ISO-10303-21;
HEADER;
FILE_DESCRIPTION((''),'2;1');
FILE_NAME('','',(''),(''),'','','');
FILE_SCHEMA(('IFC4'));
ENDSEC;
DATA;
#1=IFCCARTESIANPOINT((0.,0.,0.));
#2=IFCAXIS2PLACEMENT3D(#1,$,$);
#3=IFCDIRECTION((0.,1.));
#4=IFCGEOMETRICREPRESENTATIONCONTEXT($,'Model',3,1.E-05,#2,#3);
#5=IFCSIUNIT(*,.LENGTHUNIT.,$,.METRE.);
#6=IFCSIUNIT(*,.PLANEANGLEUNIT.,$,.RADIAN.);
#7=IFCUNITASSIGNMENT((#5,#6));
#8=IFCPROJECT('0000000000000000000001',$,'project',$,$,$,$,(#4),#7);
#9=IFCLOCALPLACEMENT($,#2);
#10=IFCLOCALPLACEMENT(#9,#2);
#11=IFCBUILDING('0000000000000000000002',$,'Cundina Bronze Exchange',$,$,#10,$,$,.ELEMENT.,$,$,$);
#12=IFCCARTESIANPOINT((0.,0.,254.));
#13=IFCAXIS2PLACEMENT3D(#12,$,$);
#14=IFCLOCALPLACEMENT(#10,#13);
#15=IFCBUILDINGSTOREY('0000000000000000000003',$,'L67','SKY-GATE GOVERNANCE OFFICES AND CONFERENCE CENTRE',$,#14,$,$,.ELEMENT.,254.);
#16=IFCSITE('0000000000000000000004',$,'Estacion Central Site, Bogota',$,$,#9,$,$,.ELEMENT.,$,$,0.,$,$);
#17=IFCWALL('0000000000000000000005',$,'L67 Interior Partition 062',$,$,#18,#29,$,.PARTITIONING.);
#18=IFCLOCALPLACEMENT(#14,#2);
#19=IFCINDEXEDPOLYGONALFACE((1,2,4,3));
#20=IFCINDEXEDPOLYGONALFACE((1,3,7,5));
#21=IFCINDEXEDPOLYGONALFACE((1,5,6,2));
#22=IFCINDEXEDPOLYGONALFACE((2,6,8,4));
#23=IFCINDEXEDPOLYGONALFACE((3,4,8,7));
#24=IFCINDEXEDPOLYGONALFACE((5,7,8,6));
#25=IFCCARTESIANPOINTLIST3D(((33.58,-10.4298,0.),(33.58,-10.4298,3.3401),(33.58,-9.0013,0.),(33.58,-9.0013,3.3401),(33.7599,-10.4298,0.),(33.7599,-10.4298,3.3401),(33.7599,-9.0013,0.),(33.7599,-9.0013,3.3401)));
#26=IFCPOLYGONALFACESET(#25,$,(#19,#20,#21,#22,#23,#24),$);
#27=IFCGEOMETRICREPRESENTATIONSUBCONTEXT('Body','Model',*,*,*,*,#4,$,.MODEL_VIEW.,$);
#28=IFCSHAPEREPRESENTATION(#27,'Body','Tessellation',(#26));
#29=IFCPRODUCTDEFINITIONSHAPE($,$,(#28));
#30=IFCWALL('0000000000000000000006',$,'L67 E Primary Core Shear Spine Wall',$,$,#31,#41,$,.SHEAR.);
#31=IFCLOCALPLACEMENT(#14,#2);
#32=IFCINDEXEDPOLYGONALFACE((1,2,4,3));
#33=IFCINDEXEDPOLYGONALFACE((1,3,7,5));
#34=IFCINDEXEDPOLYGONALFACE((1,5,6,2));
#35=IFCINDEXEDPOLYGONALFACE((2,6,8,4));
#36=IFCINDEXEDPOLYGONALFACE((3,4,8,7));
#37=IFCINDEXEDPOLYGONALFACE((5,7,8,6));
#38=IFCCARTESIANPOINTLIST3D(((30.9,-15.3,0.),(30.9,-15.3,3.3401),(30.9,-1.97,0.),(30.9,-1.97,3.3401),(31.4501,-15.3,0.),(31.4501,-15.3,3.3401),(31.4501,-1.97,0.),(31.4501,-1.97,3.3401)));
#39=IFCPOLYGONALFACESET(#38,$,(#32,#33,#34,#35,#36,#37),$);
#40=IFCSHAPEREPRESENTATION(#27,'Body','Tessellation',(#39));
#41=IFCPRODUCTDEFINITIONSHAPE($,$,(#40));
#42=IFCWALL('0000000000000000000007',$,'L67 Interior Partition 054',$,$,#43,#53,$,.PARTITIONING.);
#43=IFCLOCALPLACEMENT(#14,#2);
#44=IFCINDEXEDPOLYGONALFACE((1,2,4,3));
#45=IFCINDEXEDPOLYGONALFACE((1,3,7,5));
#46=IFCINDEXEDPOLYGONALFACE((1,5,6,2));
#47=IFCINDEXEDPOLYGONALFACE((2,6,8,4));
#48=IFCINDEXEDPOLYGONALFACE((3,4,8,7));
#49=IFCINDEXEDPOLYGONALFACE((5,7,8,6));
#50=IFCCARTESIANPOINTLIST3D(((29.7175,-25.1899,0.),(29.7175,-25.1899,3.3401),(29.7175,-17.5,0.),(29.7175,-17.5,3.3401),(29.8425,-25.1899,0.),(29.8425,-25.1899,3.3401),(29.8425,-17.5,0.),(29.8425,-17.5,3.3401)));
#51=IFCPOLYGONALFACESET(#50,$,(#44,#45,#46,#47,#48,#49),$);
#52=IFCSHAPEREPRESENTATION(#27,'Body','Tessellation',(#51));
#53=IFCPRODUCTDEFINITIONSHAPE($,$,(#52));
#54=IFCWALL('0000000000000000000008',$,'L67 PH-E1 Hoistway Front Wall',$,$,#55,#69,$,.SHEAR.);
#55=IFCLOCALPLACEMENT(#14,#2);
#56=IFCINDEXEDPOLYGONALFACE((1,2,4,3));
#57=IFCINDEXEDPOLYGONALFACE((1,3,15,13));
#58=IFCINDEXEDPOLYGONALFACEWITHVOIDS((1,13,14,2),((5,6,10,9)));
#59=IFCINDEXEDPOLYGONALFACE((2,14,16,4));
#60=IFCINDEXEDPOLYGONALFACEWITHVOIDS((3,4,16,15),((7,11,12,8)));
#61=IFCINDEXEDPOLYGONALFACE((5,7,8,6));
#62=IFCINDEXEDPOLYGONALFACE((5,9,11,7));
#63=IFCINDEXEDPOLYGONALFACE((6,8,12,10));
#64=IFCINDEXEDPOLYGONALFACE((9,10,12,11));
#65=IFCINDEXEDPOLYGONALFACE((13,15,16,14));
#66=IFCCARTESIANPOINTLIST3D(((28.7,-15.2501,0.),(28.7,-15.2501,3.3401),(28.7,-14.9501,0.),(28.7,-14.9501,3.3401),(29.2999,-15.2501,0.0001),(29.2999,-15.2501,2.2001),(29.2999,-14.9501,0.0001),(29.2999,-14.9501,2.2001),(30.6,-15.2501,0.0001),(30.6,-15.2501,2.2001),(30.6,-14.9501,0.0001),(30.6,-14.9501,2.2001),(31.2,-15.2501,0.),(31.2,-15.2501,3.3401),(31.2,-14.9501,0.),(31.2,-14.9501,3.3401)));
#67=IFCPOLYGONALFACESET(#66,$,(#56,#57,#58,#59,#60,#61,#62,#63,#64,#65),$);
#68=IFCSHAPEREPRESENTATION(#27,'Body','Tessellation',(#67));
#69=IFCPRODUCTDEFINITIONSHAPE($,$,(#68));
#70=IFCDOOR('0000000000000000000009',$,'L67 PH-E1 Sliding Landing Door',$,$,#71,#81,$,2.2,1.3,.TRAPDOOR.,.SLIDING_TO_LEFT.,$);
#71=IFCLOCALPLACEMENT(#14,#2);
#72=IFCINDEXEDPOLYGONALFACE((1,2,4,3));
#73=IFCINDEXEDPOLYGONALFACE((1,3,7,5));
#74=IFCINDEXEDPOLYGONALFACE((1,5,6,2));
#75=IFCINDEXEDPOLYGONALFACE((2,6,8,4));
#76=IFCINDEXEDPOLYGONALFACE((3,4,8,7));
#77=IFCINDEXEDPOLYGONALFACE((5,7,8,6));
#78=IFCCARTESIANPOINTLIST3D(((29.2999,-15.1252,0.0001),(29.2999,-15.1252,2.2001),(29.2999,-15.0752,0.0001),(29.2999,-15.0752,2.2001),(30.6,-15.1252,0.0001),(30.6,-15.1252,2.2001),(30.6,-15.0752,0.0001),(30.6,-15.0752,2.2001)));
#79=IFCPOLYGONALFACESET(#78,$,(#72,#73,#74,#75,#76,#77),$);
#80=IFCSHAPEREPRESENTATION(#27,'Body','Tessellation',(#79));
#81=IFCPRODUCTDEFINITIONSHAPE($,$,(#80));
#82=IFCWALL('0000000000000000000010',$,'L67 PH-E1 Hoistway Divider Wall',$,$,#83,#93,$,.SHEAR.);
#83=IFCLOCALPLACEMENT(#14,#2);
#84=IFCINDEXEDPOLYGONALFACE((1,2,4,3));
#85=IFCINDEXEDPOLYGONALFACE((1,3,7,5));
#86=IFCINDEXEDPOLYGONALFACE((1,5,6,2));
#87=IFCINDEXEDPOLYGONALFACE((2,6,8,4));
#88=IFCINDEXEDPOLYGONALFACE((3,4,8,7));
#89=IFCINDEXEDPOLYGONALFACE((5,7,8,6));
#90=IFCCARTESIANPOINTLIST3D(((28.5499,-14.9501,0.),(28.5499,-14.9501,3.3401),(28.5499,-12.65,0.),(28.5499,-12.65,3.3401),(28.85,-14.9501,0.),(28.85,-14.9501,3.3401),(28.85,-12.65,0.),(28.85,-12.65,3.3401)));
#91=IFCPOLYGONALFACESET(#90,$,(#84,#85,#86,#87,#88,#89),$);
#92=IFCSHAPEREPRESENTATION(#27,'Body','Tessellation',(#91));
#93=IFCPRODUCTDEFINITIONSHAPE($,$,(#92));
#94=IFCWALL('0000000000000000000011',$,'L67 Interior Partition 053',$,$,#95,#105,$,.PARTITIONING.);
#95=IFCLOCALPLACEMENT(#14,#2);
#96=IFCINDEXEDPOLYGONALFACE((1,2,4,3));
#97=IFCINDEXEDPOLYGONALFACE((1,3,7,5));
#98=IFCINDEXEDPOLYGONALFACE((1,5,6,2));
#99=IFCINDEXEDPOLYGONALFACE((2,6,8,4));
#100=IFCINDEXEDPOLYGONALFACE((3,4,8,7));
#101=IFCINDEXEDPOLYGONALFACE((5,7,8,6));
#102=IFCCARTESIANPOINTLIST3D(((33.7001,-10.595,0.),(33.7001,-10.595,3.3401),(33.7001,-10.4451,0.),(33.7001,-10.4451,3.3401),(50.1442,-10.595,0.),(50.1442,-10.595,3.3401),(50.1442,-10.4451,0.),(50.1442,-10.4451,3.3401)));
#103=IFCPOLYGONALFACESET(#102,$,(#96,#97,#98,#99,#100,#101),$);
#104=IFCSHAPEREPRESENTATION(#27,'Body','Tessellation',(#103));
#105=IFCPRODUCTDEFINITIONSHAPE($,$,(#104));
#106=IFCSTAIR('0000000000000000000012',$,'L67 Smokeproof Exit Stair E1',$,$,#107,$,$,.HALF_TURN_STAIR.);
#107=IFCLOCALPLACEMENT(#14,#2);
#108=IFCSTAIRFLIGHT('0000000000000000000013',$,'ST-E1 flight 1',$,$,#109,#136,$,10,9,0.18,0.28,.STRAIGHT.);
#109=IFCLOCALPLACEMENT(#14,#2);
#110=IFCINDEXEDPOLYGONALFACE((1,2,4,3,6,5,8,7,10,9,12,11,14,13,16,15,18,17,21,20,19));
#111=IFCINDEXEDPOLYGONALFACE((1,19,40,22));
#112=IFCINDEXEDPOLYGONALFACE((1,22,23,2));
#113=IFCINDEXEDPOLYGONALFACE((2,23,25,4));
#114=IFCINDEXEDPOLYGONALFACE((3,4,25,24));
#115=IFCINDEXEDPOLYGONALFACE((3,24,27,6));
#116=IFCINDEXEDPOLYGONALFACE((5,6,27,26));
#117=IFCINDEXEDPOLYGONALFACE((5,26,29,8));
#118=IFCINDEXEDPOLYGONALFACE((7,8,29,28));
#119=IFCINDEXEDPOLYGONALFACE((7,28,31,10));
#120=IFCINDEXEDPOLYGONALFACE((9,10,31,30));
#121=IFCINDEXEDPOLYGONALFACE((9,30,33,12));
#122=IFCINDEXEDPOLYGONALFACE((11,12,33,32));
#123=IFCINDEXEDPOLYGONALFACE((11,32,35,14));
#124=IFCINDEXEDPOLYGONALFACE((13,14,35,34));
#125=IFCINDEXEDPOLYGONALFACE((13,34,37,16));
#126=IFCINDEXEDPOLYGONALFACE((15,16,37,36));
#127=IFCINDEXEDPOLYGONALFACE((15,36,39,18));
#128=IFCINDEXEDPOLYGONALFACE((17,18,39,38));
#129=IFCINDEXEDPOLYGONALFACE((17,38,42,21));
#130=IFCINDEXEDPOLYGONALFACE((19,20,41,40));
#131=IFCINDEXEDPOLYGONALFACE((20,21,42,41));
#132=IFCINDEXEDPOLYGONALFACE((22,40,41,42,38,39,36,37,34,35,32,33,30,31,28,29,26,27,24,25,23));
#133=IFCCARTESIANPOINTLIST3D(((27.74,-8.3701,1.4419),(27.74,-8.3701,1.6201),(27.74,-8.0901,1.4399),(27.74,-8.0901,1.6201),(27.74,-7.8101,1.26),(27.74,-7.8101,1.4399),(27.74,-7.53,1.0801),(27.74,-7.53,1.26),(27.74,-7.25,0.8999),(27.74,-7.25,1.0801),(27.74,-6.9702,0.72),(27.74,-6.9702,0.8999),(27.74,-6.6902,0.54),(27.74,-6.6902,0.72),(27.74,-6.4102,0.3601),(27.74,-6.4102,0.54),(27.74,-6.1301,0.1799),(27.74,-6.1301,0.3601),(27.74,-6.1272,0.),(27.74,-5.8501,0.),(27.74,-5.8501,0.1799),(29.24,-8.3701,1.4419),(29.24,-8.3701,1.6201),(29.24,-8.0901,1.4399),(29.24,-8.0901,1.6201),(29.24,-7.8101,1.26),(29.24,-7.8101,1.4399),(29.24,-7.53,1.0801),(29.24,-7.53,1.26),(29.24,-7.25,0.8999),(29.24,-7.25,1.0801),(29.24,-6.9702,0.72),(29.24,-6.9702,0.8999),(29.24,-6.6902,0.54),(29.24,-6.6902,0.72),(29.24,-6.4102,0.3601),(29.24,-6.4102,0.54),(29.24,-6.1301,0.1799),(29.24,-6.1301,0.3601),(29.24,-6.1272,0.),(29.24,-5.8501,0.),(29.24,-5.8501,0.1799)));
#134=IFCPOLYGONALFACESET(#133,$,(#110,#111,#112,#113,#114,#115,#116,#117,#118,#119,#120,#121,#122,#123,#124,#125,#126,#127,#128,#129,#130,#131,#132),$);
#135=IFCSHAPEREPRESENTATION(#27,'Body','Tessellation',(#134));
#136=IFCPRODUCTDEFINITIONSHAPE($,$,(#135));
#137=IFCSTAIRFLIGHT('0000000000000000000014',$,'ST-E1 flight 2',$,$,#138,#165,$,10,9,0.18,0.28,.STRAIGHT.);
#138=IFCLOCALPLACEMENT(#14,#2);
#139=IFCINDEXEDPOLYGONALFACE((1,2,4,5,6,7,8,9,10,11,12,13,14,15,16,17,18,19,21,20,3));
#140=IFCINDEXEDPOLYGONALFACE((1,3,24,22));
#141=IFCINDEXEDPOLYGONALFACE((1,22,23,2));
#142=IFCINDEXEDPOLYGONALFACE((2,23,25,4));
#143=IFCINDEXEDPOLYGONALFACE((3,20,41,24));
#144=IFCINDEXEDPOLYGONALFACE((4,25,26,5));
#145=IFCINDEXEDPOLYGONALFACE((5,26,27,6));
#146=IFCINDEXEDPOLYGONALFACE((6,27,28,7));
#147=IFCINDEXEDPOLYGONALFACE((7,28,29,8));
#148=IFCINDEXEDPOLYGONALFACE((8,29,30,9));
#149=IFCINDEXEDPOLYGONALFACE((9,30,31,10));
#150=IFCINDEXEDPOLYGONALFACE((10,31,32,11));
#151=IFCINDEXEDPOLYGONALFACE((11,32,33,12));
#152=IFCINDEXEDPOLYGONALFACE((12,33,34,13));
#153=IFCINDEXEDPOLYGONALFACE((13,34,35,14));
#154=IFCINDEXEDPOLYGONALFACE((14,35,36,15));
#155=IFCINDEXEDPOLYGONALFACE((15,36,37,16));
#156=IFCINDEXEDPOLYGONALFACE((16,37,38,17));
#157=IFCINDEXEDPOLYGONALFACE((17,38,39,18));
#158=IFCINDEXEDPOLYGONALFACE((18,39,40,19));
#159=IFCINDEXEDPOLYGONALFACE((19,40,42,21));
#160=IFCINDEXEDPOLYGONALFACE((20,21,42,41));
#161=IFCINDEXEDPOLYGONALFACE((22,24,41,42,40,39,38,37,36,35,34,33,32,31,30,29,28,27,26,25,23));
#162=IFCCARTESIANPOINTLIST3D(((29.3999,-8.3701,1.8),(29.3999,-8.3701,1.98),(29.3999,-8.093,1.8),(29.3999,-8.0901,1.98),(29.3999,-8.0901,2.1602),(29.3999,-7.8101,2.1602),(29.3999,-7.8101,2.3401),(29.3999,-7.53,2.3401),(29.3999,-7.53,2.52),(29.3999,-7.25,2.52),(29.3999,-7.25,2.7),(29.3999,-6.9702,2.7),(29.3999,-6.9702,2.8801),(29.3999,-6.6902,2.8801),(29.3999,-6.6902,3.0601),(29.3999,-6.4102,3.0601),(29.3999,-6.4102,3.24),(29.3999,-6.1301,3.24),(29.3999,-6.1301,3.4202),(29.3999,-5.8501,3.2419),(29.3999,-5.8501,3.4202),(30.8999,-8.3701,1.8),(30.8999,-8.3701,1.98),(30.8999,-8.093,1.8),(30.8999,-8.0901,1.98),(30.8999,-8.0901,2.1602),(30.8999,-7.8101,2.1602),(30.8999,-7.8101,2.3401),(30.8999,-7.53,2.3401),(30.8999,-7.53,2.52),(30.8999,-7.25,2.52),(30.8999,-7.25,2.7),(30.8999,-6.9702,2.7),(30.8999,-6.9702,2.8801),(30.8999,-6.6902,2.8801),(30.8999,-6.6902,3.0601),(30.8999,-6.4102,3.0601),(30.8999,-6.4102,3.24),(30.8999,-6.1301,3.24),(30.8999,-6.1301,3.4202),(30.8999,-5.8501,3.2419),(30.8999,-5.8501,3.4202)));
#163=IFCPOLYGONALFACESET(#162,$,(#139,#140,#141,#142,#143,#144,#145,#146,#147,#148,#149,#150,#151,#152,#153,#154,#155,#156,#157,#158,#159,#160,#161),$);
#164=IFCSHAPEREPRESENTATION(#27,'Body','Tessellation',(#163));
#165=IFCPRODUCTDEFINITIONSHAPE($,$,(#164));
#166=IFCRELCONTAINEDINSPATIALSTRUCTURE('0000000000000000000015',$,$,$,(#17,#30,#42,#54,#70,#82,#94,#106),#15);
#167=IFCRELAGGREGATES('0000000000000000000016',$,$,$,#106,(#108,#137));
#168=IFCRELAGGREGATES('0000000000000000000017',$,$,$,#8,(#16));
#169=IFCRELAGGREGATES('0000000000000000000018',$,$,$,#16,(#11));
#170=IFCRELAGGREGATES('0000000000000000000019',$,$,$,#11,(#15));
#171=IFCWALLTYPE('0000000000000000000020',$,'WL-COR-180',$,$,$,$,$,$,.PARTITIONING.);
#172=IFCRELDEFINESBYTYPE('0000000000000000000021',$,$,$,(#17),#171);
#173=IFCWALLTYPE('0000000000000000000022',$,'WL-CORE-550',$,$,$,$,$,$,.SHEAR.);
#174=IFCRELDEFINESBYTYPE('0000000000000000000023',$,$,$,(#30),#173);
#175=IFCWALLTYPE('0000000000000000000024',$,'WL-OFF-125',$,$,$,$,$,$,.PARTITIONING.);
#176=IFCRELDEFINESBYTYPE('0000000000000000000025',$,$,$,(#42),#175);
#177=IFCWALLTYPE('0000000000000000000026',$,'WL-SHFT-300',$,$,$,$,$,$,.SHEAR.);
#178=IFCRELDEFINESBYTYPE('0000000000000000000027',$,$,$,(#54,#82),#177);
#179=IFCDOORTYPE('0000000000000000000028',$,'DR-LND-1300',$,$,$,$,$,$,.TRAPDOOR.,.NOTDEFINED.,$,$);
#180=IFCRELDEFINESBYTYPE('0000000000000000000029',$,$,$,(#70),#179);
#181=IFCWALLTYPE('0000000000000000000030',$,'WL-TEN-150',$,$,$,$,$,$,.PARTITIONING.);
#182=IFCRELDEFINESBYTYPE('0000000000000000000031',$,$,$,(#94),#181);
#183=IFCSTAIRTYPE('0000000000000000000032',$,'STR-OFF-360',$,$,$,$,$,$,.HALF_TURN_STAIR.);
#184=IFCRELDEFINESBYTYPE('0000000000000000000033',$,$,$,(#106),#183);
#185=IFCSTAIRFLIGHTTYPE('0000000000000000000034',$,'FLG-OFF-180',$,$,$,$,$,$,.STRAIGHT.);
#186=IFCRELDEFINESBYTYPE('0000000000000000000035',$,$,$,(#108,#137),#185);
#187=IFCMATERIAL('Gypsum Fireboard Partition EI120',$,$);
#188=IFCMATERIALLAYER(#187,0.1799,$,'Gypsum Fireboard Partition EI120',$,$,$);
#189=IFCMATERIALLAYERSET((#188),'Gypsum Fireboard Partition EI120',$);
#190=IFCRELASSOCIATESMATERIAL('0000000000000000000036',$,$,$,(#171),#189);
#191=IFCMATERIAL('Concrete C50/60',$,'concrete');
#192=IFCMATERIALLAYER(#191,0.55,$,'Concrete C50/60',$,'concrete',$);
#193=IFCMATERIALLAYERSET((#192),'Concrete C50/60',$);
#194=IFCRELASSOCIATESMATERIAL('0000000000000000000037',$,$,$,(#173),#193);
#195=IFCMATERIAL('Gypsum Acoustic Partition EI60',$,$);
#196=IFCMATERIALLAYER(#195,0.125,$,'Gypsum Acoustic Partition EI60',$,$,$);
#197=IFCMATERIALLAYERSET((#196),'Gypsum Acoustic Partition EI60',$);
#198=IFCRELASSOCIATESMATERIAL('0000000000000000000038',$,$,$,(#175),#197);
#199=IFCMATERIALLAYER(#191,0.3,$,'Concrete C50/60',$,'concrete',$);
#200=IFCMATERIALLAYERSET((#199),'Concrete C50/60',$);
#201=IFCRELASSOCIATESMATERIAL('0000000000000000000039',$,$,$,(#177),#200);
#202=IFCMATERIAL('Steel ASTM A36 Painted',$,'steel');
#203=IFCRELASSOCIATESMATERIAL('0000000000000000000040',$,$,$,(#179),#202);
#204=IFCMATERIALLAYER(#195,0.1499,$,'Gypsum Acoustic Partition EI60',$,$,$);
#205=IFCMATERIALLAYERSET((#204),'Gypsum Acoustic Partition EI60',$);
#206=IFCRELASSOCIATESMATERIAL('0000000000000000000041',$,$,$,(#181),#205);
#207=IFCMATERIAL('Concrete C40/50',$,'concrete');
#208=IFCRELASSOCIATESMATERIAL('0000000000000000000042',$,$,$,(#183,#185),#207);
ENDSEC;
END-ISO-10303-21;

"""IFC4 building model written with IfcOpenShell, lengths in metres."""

from ifc_helpers import new_model, si_unit, direction, frame, frame_2d, origin, place, context, subcontext, project, spatial, polyline, rectangle, outline, extrude, material, layer, layer_set, type_object, element, fill, aggregate, save


model = new_model("IFC4")

# Units and contexts
model_context = context("Model", 3, precision=1e-05, world=origin(), true_north=direction((0.0, 1.0)))
body_context = subcontext(model_context, "Body", "Model", "MODEL_VIEW")
ifc_project = project(units=[si_unit("LENGTHUNIT", "METRE"), si_unit("PLANEANGLEUNIT", "RADIAN")], contexts=[model_context])

# Site, building, storey
site_placement = place(None, origin())
site = spatial("IfcSite", under=ifc_project, at=site_placement, Name="Estacion Central Site, Bogota", CompositionType="ELEMENT", RefElevation=0.0)
building_placement = place(site_placement, origin())
building = spatial("IfcBuilding", under=site, at=building_placement, Name="Cundina Bronze Exchange", CompositionType="ELEMENT")
storey_placement = place(building_placement, frame((0.0, 0.0, 254.0)))
storey = spatial("IfcBuildingStorey", under=building, at=storey_placement, Name="L67", Description="SKY-GATE GOVERNANCE OFFICES AND CONFERENCE CENTRE", CompositionType="ELEMENT", Elevation=254.0)

# Shared definitions
ifc_material_1 = material(Name="Concrete C50/60", Category="concrete")

# Shared definitions
ifc_material_2 = material(Name="Gypsum Fireboard Partition EI120")
ifc_layer_1 = layer(ifc_material_2, 0.1799, Name="Gypsum Fireboard Partition EI120")
ifc_layer_set_1 = layer_set([ifc_layer_1], Name="Gypsum Fireboard Partition EI120")
wall_type_1 = type_object("IfcWallType", Name="WL-COR-180", PredefinedType="PARTITIONING", material=ifc_layer_set_1)

# Walls
wall_1_placement = place(storey_placement, frame((33.6699, -10.4299, 0.0), z_axis=(0.0, 0.0, 1.0), x_axis=(0.0, 1.0, 0.0)))
element("IfcWall", 1, at=wall_1_placement, inside=storey, type_object=wall_type_1, Name="L67 Interior Partition 062", PredefinedType="PARTITIONING", context=body_context, shape_type="SweptSolid", body=[
    extrude(rectangle(XDim=1.4285, YDim=0.1799, at=frame_2d((0.7144, 0.0))), origin(), (0.0, 0.0, 1.0), 3.3401),
])
ifc_layer_2 = layer(ifc_material_1, 0.55, Name="Concrete C50/60", Category="concrete")
ifc_layer_set_2 = layer_set([ifc_layer_2], Name="Concrete C50/60")
wall_type_2 = type_object("IfcWallType", Name="WL-CORE-550", PredefinedType="SHEAR", material=ifc_layer_set_2)
wall_2_placement = place(storey_placement, frame((31.175, -15.3, 0.0), z_axis=(0.0, 0.0, 1.0), x_axis=(0.0, 1.0, 0.0)))
element("IfcWall", 2, at=wall_2_placement, inside=storey, type_object=wall_type_2, Name="L67 E Primary Core Shear Spine Wall", PredefinedType="SHEAR", context=body_context, shape_type="SweptSolid", body=[
    extrude(rectangle(XDim=13.3301, YDim=0.55, at=frame_2d((6.665, 0.0))), origin(), (0.0, 0.0, 1.0), 3.3401),
])
ifc_material_3 = material(Name="Gypsum Acoustic Partition EI60")
ifc_layer_3 = layer(ifc_material_3, 0.125, Name="Gypsum Acoustic Partition EI60")
ifc_layer_set_3 = layer_set([ifc_layer_3], Name="Gypsum Acoustic Partition EI60")
wall_type_3 = type_object("IfcWallType", Name="WL-OFF-125", PredefinedType="PARTITIONING", material=ifc_layer_set_3)
wall_3_placement = place(storey_placement, frame((29.78, -25.1899, 0.0), z_axis=(0.0, 0.0, 1.0), x_axis=(0.0, 1.0, 0.0)))
element("IfcWall", 3, at=wall_3_placement, inside=storey, type_object=wall_type_3, Name="L67 Interior Partition 054", PredefinedType="PARTITIONING", context=body_context, shape_type="SweptSolid", body=[
    extrude(rectangle(XDim=7.6899, YDim=0.125, at=frame_2d((3.845, 0.0))), origin(), (0.0, 0.0, 1.0), 3.3401),
])

# Wall, opening, door
ifc_layer_4 = layer(ifc_material_1, 0.3, Name="Concrete C50/60", Category="concrete")
ifc_layer_set_4 = layer_set([ifc_layer_4], Name="Concrete C50/60")
wall_type_4 = type_object("IfcWallType", Name="WL-SHFT-300", PredefinedType="SHEAR", material=ifc_layer_set_4)
wall_4_placement = place(storey_placement, frame((28.7, -15.1001, 0.0), z_axis=(0.0, 0.0, 1.0), x_axis=(1.0, 0.0, 0.0)))
wall_4 = element("IfcWall", 4, at=wall_4_placement, inside=storey, type_object=wall_type_4, Name="L67 PH-E1 Hoistway Front Wall", PredefinedType="SHEAR", context=body_context, shape_type="SweptSolid", body=[
    extrude(rectangle(XDim=2.5, YDim=0.3, at=frame_2d((1.25, 0.0))), origin(), (0.0, 0.0, 1.0), 3.3401),
])
opening_1_placement = place(wall_4_placement, frame((0.6001, 0.0, 0.0)))
opening_1 = element("IfcOpeningElement", 5, at=opening_1_placement, cuts=wall_4, PredefinedType="OPENING", context=body_context, shape_type="SweptSolid", body=[
    extrude(rectangle(XDim=1.3, YDim=2.2, at=frame_2d((0.6499, 1.1001))), frame((0.0, 0.1599, 0.0), z_axis=(0.0, -1.0, 0.0), x_axis=(1.0, 0.0, 0.0)), (0.0, 0.0, 1.0), 0.3201),
])
ifc_material_4 = material(Name="Steel ASTM A36 Painted", Category="steel")
door_type_1 = type_object("IfcDoorType", Name="DR-LND-1300", OperationType="NOTDEFINED", PredefinedType="TRAPDOOR", material=ifc_material_4)
door_1_placement = place(opening_1_placement, origin())
door_1 = element("IfcDoor", 6, at=door_1_placement, inside=storey, type_object=door_type_1, Name="L67 PH-E1 Sliding Landing Door", OperationType="SLIDING_TO_LEFT", OverallHeight=2.2, OverallWidth=1.3, PredefinedType="TRAPDOOR", context=body_context, shape_type="SweptSolid", body=[
    extrude(rectangle(XDim=1.3, YDim=2.2, at=frame_2d((0.6499, 1.1001))), frame((0.0, 0.0249, 0.0), z_axis=(0.0, -1.0, 0.0), x_axis=(1.0, 0.0, 0.0)), (0.0, 0.0, 1.0), 0.05),
])
fill(opening_1, door_1)

# Walls
wall_5_placement = place(storey_placement, frame((28.7, -14.95, 0.0), z_axis=(0.0, 0.0, 1.0), x_axis=(0.0, 1.0, 0.0)))
element("IfcWall", 7, at=wall_5_placement, inside=storey, type_object=wall_type_4, Name="L67 PH-E1 Hoistway Divider Wall", PredefinedType="SHEAR", context=body_context, shape_type="SweptSolid", body=[
    extrude(rectangle(XDim=2.3, YDim=0.3, at=frame_2d((1.1499, 0.0))), origin(), (0.0, 0.0, 1.0), 3.3401),
])
ifc_layer_5 = layer(ifc_material_3, 0.1499, Name="Gypsum Acoustic Partition EI60")
ifc_layer_set_5 = layer_set([ifc_layer_5], Name="Gypsum Acoustic Partition EI60")
wall_type_5 = type_object("IfcWallType", Name="WL-TEN-150", PredefinedType="PARTITIONING", material=ifc_layer_set_5)
wall_6_placement = place(storey_placement, frame((33.7, -10.52, 0.0), z_axis=(0.0, 0.0, 1.0), x_axis=(1.0, 0.0, 0.0)))
element("IfcWall", 8, at=wall_6_placement, inside=storey, type_object=wall_type_5, Name="L67 Interior Partition 053", PredefinedType="PARTITIONING", context=body_context, shape_type="SweptSolid", body=[
    extrude(rectangle(XDim=16.4441, YDim=0.1499, at=frame_2d((8.2222, 0.0))), origin(), (0.0, 0.0, 1.0), 3.3401),
])

# Stair, stair flights
ifc_material_5 = material(Name="Concrete C40/50", Category="concrete")
stair_type = type_object("IfcStairType", Name="STR-OFF-360", PredefinedType="HALF_TURN_STAIR", material=ifc_material_5)
stair_placement = place(storey_placement, origin())
stair = element("IfcStair", 9, at=stair_placement, inside=storey, type_object=stair_type, Name="L67 Smokeproof Exit Stair E1", PredefinedType="HALF_TURN_STAIR")
stair_flight_type = type_object("IfcStairFlightType", Name="FLG-OFF-180", PredefinedType="STRAIGHT", material=ifc_material_5)
stair_flight_1_placement = place(storey_placement, frame((28.49, -5.8501, 0.0), z_axis=(0.0, 0.0, 1.0), x_axis=(0.0, -1.0, 0.0)))
stair_flight_1 = element("IfcStairFlight", 10, at=stair_flight_1_placement, type_object=stair_flight_type, Name="ST-E1 flight 1", NumberOfRisers=10, NumberOfTreads=9, PredefinedType="STRAIGHT", RiserHeight=0.18, TreadLength=0.28, context=body_context, shape_type="SweptSolid", body=[
    extrude(outline(polyline([(0.0, 0.0), (0.0, 0.1799), (0.28, 0.1799), (0.28, 0.3601), (0.5601, 0.3601), (0.5601, 0.54), (0.8401, 0.54), (0.8401, 0.72), (1.1201, 0.72), (1.1201, 0.8999), (1.3999, 0.8999), (1.3999, 1.0801), (1.6799, 1.0801), (1.6799, 1.26), (1.96, 1.26), (1.96, 1.4399), (2.24, 1.4399), (2.24, 1.6201), (2.52, 1.6201), (2.52, 1.8), (2.52, 1.4419), (0.2771, 0.0), (0.0, 0.0)])), frame((0.0, 0.75, 0.0), z_axis=(0.0, -1.0, 0.0), x_axis=(1.0, 0.0, 0.0)), (0.0, 0.0, 1.0), 1.5),
])
stair_flight_2_placement = place(storey_placement, frame((30.1499, -8.3701, 1.8), z_axis=(0.0, 0.0, 1.0), x_axis=(0.0, 1.0, 0.0)))
stair_flight_2 = element("IfcStairFlight", 11, at=stair_flight_2_placement, type_object=stair_flight_type, Name="ST-E1 flight 2", NumberOfRisers=10, NumberOfTreads=9, PredefinedType="STRAIGHT", RiserHeight=0.18, TreadLength=0.28, context=body_context, shape_type="SweptSolid", body=[
    extrude(outline(polyline([(0.0, 0.0), (0.0, 0.1799), (0.28, 0.1799), (0.28, 0.3601), (0.5601, 0.3601), (0.5601, 0.54), (0.8401, 0.54), (0.8401, 0.72), (1.1201, 0.72), (1.1201, 0.8999), (1.3999, 0.8999), (1.3999, 1.0801), (1.6799, 1.0801), (1.6799, 1.26), (1.96, 1.26), (1.96, 1.4399), (2.24, 1.4399), (2.24, 1.6201), (2.52, 1.6201), (2.52, 1.8), (2.52, 1.4419), (0.2771, 0.0), (0.0, 0.0)])), frame((0.0, 0.75, 0.0), z_axis=(0.0, -1.0, 0.0), x_axis=(1.0, 0.0, 0.0)), (0.0, 0.0, 1.0), 1.5),
])
aggregate(stair, [stair_flight_1, stair_flight_2])

save(model, "model.ifc")
